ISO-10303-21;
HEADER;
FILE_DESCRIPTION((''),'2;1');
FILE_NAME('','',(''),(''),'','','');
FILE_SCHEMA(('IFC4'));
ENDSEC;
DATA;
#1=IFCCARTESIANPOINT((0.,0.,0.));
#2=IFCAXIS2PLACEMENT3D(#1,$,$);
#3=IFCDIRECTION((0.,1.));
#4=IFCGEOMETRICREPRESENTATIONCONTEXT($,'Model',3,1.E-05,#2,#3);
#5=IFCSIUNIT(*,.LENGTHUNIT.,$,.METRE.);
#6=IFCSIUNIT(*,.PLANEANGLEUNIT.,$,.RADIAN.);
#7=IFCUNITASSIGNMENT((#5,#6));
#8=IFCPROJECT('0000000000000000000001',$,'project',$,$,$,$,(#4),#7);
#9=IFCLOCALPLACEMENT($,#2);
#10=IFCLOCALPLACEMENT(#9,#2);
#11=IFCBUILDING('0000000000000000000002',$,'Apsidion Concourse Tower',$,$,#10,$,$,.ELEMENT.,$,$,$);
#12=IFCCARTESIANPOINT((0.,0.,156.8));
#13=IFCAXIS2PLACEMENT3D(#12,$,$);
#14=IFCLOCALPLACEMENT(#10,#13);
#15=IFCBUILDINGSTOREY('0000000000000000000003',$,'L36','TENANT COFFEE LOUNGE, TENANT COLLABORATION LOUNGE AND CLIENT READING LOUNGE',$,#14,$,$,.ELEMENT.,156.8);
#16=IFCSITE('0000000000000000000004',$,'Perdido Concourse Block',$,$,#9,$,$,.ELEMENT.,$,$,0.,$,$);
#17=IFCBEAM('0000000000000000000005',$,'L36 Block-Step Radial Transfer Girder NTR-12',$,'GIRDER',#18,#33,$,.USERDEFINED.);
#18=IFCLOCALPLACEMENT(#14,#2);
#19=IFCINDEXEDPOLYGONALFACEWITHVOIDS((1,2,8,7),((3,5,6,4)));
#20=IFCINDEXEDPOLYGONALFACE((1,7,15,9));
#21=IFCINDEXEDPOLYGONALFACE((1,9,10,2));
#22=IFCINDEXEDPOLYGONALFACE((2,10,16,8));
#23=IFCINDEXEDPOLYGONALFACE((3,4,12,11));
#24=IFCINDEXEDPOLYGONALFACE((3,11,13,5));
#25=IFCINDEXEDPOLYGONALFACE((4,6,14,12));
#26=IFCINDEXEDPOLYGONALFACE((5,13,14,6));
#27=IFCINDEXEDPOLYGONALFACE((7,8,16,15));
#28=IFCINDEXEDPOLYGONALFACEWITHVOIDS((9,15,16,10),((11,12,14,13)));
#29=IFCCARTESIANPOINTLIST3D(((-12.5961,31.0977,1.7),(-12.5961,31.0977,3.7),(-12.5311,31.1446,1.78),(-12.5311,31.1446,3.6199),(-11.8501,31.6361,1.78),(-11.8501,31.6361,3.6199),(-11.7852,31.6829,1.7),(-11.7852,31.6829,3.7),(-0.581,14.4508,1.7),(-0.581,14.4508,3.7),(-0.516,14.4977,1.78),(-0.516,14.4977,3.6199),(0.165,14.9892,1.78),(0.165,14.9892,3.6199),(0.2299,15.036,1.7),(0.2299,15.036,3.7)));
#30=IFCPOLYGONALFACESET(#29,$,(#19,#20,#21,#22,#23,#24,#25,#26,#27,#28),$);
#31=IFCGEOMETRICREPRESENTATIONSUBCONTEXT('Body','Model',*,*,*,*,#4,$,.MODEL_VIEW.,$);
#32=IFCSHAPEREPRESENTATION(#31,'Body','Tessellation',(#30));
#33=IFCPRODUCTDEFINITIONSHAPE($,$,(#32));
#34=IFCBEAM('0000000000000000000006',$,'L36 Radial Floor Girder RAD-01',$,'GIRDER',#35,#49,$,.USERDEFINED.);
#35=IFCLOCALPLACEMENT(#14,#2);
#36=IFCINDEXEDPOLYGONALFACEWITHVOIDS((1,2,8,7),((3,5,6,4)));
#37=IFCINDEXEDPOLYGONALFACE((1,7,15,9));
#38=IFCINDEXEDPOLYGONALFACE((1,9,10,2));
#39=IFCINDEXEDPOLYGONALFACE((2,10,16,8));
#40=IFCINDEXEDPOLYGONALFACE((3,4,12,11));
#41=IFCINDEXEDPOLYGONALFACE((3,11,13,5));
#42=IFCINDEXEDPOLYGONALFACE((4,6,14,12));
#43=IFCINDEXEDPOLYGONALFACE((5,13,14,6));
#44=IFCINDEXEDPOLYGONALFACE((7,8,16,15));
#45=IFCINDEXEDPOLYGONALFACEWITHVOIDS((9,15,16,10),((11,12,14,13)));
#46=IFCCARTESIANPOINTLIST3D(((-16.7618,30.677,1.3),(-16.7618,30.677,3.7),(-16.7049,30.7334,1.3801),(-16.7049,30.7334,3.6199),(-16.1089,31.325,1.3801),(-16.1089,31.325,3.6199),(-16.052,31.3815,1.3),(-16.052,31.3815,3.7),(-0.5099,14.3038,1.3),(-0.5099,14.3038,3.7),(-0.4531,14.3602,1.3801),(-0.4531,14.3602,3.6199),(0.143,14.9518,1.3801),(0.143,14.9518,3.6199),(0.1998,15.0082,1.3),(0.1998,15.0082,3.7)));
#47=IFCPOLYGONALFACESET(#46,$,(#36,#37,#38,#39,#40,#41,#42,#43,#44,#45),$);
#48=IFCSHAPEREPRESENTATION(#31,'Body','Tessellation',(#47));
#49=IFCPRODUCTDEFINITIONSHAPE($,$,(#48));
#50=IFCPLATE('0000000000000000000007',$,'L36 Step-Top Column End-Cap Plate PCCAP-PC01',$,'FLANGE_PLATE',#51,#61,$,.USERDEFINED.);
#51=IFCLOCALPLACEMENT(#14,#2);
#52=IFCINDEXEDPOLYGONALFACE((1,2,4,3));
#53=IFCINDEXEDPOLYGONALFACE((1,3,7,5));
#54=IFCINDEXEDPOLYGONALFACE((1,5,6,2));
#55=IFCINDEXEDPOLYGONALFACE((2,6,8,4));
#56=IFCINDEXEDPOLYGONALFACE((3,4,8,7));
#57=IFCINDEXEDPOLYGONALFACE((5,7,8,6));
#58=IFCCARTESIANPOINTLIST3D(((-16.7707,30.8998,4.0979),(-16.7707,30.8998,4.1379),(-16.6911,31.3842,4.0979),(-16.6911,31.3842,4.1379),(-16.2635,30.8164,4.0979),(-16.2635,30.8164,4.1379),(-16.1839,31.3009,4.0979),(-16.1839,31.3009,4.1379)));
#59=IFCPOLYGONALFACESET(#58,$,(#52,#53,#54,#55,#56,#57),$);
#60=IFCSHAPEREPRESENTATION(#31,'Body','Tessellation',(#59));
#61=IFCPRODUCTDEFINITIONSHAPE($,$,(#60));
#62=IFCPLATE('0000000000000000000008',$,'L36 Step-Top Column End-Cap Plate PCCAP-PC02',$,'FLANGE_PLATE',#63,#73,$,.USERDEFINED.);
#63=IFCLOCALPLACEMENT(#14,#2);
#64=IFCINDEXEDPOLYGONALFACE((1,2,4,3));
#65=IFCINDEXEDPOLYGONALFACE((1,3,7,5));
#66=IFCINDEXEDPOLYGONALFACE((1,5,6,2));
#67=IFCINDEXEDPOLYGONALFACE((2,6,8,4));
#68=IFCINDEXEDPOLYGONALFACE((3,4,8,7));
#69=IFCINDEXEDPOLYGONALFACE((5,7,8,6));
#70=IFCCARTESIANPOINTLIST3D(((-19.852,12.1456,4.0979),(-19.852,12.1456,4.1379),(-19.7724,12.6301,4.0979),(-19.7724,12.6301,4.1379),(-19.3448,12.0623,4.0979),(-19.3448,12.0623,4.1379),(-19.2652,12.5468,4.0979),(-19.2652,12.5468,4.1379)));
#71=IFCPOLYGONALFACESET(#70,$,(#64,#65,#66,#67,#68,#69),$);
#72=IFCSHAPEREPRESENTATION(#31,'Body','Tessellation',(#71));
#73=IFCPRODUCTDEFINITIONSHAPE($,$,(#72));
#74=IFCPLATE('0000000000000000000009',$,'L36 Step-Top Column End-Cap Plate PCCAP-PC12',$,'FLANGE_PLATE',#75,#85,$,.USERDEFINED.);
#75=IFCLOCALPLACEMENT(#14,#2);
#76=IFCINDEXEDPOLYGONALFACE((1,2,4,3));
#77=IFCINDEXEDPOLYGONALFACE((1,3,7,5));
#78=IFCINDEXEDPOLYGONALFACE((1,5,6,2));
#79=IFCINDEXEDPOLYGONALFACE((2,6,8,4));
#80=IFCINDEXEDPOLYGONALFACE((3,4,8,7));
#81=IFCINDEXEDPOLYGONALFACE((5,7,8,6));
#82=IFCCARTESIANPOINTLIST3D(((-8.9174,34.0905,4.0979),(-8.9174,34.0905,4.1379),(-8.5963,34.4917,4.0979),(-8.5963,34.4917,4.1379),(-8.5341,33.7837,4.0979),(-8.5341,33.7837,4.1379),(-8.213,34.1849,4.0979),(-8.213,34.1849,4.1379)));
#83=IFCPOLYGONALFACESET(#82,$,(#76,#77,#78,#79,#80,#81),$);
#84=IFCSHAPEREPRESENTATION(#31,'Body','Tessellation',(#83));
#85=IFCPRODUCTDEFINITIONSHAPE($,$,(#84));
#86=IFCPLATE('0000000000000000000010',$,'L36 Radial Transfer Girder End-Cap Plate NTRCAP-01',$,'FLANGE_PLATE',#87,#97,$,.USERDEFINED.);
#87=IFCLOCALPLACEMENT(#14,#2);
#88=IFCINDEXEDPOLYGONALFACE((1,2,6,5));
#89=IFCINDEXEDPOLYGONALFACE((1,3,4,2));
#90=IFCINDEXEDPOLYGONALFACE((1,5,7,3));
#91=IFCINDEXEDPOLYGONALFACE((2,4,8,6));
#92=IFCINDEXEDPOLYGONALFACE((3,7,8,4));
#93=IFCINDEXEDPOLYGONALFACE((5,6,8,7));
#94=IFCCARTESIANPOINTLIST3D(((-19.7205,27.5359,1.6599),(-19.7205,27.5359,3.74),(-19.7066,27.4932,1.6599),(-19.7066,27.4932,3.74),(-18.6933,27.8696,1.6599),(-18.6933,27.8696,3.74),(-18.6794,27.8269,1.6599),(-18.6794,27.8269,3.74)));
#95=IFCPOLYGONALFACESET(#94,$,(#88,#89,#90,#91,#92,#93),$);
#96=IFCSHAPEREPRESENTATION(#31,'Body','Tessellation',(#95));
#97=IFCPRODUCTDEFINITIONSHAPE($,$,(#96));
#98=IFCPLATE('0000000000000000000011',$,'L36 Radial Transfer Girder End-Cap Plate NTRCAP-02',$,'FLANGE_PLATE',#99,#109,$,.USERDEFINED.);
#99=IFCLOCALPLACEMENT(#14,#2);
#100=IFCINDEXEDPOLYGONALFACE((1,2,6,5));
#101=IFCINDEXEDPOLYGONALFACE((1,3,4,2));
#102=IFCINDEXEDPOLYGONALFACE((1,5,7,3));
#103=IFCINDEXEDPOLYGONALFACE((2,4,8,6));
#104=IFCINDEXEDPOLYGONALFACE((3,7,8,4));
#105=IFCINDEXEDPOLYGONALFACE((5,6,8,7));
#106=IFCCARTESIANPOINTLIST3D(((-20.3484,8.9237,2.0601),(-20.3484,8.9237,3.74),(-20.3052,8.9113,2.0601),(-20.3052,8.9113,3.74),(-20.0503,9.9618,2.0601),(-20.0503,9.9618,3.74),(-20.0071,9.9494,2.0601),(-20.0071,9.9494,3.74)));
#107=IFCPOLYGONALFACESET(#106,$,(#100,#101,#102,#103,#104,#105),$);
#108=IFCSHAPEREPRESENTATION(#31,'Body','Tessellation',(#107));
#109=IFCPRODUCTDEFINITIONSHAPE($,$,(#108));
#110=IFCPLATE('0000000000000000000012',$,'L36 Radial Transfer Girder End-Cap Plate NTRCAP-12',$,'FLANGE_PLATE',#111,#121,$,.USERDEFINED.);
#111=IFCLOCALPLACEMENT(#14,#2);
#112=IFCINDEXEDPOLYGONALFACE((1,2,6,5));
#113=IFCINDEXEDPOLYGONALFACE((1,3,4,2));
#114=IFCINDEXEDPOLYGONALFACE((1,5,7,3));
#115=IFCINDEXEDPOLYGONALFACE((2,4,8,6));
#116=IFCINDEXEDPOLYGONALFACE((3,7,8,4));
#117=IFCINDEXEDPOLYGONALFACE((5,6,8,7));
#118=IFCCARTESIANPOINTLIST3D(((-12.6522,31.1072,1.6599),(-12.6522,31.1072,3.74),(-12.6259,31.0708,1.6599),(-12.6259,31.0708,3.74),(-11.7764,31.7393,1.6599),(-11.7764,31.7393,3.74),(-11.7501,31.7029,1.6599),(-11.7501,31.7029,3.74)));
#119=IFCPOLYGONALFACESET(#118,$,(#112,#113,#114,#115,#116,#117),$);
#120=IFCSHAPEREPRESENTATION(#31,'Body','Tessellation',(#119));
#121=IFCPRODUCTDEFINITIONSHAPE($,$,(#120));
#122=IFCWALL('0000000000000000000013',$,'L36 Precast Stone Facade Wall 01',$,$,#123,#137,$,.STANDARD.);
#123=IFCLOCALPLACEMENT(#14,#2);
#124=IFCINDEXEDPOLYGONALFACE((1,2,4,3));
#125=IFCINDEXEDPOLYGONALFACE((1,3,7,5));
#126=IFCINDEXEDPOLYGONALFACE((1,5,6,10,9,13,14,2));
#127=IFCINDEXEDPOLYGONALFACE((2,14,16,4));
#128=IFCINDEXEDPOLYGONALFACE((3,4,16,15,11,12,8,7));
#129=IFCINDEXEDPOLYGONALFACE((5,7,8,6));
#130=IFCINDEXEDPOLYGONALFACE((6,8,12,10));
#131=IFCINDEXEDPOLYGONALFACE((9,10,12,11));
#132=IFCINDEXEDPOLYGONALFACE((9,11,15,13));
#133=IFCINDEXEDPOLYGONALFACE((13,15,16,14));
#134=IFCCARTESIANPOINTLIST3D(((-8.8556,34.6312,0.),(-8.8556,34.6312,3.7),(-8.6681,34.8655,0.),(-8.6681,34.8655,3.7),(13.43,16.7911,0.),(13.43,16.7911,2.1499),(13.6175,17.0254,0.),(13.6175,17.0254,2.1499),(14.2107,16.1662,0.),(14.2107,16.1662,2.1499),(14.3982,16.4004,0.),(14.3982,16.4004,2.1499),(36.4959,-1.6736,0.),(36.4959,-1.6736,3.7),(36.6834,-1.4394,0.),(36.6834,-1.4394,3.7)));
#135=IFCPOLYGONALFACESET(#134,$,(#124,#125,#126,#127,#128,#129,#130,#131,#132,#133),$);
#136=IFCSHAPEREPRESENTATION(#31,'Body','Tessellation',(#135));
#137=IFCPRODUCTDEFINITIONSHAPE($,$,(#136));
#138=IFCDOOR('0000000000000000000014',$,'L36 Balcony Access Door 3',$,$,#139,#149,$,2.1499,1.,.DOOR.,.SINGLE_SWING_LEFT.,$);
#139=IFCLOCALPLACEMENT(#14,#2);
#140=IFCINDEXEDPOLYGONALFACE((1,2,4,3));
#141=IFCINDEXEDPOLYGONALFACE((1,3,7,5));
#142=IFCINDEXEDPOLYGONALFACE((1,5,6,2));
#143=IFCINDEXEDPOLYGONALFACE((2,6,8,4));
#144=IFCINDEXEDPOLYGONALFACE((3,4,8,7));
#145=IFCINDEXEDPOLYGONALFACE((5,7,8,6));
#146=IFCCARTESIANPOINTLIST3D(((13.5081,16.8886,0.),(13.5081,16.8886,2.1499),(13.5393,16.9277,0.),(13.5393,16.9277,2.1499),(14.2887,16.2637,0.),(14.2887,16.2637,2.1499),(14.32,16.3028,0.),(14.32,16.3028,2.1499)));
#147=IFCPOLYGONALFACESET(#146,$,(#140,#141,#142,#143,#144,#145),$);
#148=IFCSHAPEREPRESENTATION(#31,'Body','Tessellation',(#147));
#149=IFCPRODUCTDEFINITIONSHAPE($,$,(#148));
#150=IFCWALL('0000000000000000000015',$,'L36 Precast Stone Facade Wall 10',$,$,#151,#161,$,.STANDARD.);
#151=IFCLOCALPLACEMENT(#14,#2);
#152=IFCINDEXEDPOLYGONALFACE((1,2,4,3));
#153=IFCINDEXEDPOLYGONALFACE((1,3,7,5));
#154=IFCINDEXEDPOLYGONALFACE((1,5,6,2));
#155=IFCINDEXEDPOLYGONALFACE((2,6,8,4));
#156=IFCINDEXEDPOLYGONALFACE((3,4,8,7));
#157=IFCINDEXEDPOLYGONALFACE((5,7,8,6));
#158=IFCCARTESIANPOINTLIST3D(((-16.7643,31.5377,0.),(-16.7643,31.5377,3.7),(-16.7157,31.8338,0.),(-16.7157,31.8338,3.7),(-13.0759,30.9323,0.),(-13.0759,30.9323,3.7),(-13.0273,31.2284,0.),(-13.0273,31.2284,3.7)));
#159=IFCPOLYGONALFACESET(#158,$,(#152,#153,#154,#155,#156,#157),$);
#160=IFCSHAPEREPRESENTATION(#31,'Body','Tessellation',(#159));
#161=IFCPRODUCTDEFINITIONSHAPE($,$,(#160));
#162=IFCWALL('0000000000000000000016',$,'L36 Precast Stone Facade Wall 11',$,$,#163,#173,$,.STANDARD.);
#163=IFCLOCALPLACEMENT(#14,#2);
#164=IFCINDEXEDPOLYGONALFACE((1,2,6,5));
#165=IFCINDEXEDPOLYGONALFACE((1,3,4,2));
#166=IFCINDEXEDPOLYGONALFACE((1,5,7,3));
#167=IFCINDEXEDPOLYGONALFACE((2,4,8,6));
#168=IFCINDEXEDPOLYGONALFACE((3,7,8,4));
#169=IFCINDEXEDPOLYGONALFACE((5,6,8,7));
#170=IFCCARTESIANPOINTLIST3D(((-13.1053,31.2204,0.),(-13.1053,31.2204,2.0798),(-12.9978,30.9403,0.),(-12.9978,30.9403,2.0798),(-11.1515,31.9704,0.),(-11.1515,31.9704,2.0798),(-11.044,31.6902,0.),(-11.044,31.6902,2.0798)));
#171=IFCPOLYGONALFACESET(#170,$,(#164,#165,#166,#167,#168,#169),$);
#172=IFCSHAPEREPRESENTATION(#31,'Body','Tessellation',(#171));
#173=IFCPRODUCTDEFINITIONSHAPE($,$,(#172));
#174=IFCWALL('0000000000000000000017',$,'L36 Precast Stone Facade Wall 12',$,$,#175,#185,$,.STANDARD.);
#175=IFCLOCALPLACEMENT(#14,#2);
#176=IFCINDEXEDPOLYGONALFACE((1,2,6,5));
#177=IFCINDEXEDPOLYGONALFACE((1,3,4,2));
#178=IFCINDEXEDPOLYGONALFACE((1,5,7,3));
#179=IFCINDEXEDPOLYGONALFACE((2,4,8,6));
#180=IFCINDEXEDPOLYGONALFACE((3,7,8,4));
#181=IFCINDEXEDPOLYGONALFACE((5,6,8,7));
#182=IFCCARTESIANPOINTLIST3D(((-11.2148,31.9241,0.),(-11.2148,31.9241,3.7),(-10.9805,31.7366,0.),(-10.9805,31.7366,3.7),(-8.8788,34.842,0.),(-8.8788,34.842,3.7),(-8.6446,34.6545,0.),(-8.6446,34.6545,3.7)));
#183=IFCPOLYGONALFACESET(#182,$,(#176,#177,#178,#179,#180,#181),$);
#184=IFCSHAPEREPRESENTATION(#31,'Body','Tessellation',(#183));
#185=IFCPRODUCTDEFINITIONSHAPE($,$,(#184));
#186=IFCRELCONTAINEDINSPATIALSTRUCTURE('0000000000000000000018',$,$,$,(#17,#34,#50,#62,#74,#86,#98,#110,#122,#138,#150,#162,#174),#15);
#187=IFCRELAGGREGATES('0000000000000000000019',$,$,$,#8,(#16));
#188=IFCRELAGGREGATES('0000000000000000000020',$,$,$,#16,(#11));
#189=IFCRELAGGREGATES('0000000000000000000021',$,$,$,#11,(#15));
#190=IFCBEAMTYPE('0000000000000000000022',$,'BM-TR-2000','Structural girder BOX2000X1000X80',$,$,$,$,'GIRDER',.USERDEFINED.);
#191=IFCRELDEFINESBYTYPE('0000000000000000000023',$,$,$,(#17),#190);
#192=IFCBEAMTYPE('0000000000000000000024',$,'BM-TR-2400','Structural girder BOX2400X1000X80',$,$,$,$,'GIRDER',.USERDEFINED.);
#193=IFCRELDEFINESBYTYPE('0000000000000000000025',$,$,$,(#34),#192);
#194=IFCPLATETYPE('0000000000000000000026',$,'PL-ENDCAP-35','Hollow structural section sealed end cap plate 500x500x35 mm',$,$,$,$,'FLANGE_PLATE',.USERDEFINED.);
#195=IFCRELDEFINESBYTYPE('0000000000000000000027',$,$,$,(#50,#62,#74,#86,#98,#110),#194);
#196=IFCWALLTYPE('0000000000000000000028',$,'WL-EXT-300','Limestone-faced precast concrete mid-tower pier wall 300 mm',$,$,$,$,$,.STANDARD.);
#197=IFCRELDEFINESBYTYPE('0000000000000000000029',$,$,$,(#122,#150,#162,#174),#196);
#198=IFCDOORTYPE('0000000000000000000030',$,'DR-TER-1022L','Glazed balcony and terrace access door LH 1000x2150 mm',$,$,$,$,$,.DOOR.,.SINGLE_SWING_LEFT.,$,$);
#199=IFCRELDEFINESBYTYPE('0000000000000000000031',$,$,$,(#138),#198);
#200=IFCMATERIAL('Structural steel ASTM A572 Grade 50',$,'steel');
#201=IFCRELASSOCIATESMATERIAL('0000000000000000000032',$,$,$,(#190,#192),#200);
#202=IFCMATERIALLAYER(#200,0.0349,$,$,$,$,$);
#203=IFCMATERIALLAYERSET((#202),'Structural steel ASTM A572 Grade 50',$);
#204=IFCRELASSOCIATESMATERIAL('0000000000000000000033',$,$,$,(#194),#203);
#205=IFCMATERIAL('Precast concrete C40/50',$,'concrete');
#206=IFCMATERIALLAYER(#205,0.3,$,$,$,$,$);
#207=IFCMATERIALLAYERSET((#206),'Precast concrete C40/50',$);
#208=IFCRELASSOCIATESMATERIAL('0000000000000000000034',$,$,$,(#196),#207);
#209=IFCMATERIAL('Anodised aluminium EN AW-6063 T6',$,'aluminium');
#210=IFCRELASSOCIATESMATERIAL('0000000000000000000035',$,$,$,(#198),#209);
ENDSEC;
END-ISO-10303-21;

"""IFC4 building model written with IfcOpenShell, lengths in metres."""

from ifc_helpers import new_model, si_unit, direction, frame, frame_2d, origin, origin_2d, place, context, subcontext, project, spatial, rectangle, hollow_rectangle, extrude, material, layer, layer_set, material_profile, profile_set, type_object, element, fill, save


model = new_model("IFC4")

# Units and contexts
model_context = context("Model", 3, precision=1e-05, world=origin(), true_north=direction((0.0, 1.0)))
body_context = subcontext(model_context, "Body", "Model", "MODEL_VIEW")
ifc_project = project(units=[si_unit("LENGTHUNIT", "METRE"), si_unit("PLANEANGLEUNIT", "RADIAN")], contexts=[model_context])

# Site, building, storey
site_placement = place(None, origin())
site = spatial("IfcSite", under=ifc_project, at=site_placement, Name="Perdido Concourse Block", CompositionType="ELEMENT", RefElevation=0.0)
building_placement = place(site_placement, origin())
building = spatial("IfcBuilding", under=site, at=building_placement, Name="Apsidion Concourse Tower", CompositionType="ELEMENT")
storey_placement = place(building_placement, frame((0.0, 0.0, 156.8)))
storey = spatial("IfcBuildingStorey", under=building, at=storey_placement, Name="L36", Description="TENANT COFFEE LOUNGE, TENANT COLLABORATION LOUNGE AND CLIENT READING LOUNGE", CompositionType="ELEMENT", Elevation=156.8)

# Beams
ifc_material_1 = material(Name="Structural steel ASTM A572 Grade 50", Category="steel")
ifc_material_profile_1 = material_profile(ifc_material_1, hollow_rectangle(XDim=1.0, YDim=2.0, WallThickness=0.0801, at=origin_2d()), Name="BOX2000X1000X80")
ifc_profile_set_1 = profile_set([ifc_material_profile_1], Name="Structural steel ASTM A572 Grade 50")
beam_type_1 = type_object("IfcBeamType", Name="BM-TR-2000", Description="Structural girder BOX2000X1000X80", ElementType="GIRDER", PredefinedType="USERDEFINED", material=ifc_profile_set_1)
beam_1_placement = place(storey_placement, frame((-0.1755, 14.7434, 2.7), z_axis=(-0.585245, 0.810857, 0.0), x_axis=(-0.810857, -0.585245, 0.0)))
element("IfcBeam", 1, at=beam_1_placement, inside=storey, type_object=beam_type_1, Name="L36 Block-Step Radial Transfer Girder NTR-12", ObjectType="GIRDER", PredefinedType="USERDEFINED", context=body_context, shape_type="SweptSolid", body=[
    extrude(hollow_rectangle(XDim=1.0, YDim=2.0, WallThickness=0.0801, at=origin_2d()), origin(), (0.0, 0.0, 1.0), 20.53),
])
ifc_material_profile_2 = material_profile(ifc_material_1, hollow_rectangle(XDim=1.0, YDim=2.3999, WallThickness=0.0801, at=origin_2d()), Name="BOX2400X1000X80")
ifc_profile_set_2 = profile_set([ifc_material_profile_2], Name="Structural steel ASTM A572 Grade 50")
beam_type_2 = type_object("IfcBeamType", Name="BM-TR-2400", Description="Structural girder BOX2400X1000X80", ElementType="GIRDER", PredefinedType="USERDEFINED", material=ifc_profile_set_2)
beam_2_placement = place(storey_placement, frame((-0.155, 14.656, 2.5), z_axis=(-0.704472, 0.709732, 0.0), x_axis=(-0.709732, -0.704472, 0.0)))
element("IfcBeam", 2, at=beam_2_placement, inside=storey, type_object=beam_type_2, Name="L36 Radial Floor Girder RAD-01", ObjectType="GIRDER", PredefinedType="USERDEFINED", context=body_context, shape_type="SweptSolid", body=[
    extrude(hollow_rectangle(XDim=1.0, YDim=2.3999, WallThickness=0.0801, at=origin_2d()), origin(), (0.0, 0.0, 1.0), 23.0696),
])

# Plates
ifc_layer_1 = layer(ifc_material_1, 0.0349)
ifc_layer_set_1 = layer_set([ifc_layer_1], Name="Structural steel ASTM A572 Grade 50")
plate_type = type_object("IfcPlateType", Name="PL-ENDCAP-35", Description="Hollow structural section sealed end cap plate 500x500x35 mm", ElementType="FLANGE_PLATE", PredefinedType="USERDEFINED", material=ifc_layer_set_1)
for number, where, z_axis, x_axis, name in (
    (3, (-16.4773, 31.1003, 4.0979), (0.0, 0.0, 1.0), (0.162121, 0.986771, 0.0), "L36 Step-Top Column End-Cap Plate PCCAP-PC01"),
    (4, (-19.5586, 12.3462, 4.0979), (0.0, 0.0, 1.0), (0.162121, 0.986771, 0.0), "L36 Step-Top Column End-Cap Plate PCCAP-PC02"),
    (5, (-8.5652, 34.1377, 4.0979), (0.0, 0.0, 1.0), (-0.780758, 0.624834, 0.0), "L36 Step-Top Column End-Cap Plate PCCAP-PC12"),
):
    element("IfcPlate", number, at=place(storey_placement, frame(where, z_axis=z_axis, x_axis=x_axis)), inside=storey, type_object=plate_type, Name=name, ObjectType="FLANGE_PLATE", PredefinedType="USERDEFINED", context=body_context, shape_type="SweptSolid", body=[
        extrude(rectangle(XDim=0.491, YDim=0.5139, at=origin_2d()), origin(), (0.0, 0.0, 1.0), 0.04),
    ])
plate_1_placement = place(storey_placement, frame((-19.2, 27.6814, 1.6599), z_axis=(0.0, 0.0, 1.0), x_axis=(-0.309017, 0.951057, 0.0)))
element("IfcPlate", 6, at=plate_1_placement, inside=storey, type_object=plate_type, Name="L36 Radial Transfer Girder End-Cap Plate NTRCAP-01", ObjectType="FLANGE_PLATE", PredefinedType="USERDEFINED", context=body_context, shape_type="SweptSolid", body=[
    extrude(rectangle(XDim=0.0449, YDim=1.0801, at=origin_2d()), origin(), (0.0, 0.0, 1.0), 2.0801),
])
plate_2_placement = place(storey_placement, frame((-20.1777, 9.4365, 2.0601), z_axis=(0.0, 0.0, 1.0), x_axis=(-0.961165, 0.275973, 0.0)))
element("IfcPlate", 7, at=plate_2_placement, inside=storey, type_object=plate_type, Name="L36 Radial Transfer Girder End-Cap Plate NTRCAP-02", ObjectType="FLANGE_PLATE", PredefinedType="USERDEFINED", context=body_context, shape_type="SweptSolid", body=[
    extrude(rectangle(XDim=0.0449, YDim=1.0801, at=origin_2d()), origin(), (0.0, 0.0, 1.0), 1.6799),
])
plate_3_placement = place(storey_placement, frame((-12.2012, 31.405, 1.6599), z_axis=(0.0, 0.0, 1.0), x_axis=(-0.585241, 0.81086, 0.0)))
element("IfcPlate", 8, at=plate_3_placement, inside=storey, type_object=plate_type, Name="L36 Radial Transfer Girder End-Cap Plate NTRCAP-12", ObjectType="FLANGE_PLATE", PredefinedType="USERDEFINED", context=body_context, shape_type="SweptSolid", body=[
    extrude(rectangle(XDim=0.0449, YDim=1.0801, at=origin_2d()), origin(), (0.0, 0.0, 1.0), 2.0801),
])

# Wall, opening, door
ifc_material_2 = material(Name="Precast concrete C40/50", Category="concrete")
ifc_layer_2 = layer(ifc_material_2, 0.3)
ifc_layer_set_2 = layer_set([ifc_layer_2], Name="Precast concrete C40/50")
wall_type_1 = type_object("IfcWallType", Name="WL-EXT-300", Description="Limestone-faced precast concrete mid-tower pier wall 300 mm", PredefinedType="STANDARD", material=ifc_layer_set_2)
wall_1_placement = place(storey_placement, frame((-8.7617, 34.7483, 0.0), z_axis=(0.0, 0.0, 1.0), x_axis=(0.78067, -0.624944, 0.0)))
wall_1 = element("IfcWall", 9, at=wall_1_placement, inside=storey, type_object=wall_type_1, Name="L36 Precast Stone Facade Wall 01", PredefinedType="STANDARD", context=body_context, shape_type="SweptSolid", body=[
    extrude(rectangle(XDim=58.093, YDim=0.3, at=frame_2d((29.0464, 0.0))), origin(), (0.0, 0.0, 1.0), 3.7),
])
opening_1_placement = place(wall_1_placement, frame((28.5466, 0.0, 0.0)))
opening_1 = element("IfcOpeningElement", 10, at=opening_1_placement, cuts=wall_1, PredefinedType="OPENING", context=body_context, shape_type="SweptSolid", body=[
    extrude(rectangle(XDim=1.0, YDim=2.1499, at=frame_2d((0.5, 1.075))), frame((0.0, 0.1602, 0.0), z_axis=(0.0, -1.0, 0.0), x_axis=(1.0, 0.0, 0.0)), (0.0, 0.0, 1.0), 0.3201),
])
ifc_material_3 = material(Name="Anodised aluminium EN AW-6063 T6", Category="aluminium")
door_type_1 = type_object("IfcDoorType", Name="DR-TER-1022L", Description="Glazed balcony and terrace access door LH 1000x2150 mm", OperationType="SINGLE_SWING_LEFT", PredefinedType="DOOR", material=ifc_material_3)
door_1_placement = place(opening_1_placement, origin())
door_1 = element("IfcDoor", 11, at=door_1_placement, inside=storey, type_object=door_type_1, Name="L36 Balcony Access Door 3", OperationType="SINGLE_SWING_LEFT", OverallHeight=2.1499, OverallWidth=1.0, PredefinedType="DOOR", context=body_context, shape_type="SweptSolid", body=[
    extrude(rectangle(XDim=1.0, YDim=2.1499, at=frame_2d((0.5, 1.075))), frame((0.0, 0.0249, 0.0), z_axis=(0.0, -1.0, 0.0), x_axis=(1.0, 0.0, 0.0)), (0.0, 0.0, 1.0), 0.05),
])
fill(opening_1, door_1)

# Walls
wall_2_placement = place(storey_placement, frame((-16.74, 31.6858, 0.0), z_axis=(0.0, 0.0, 1.0), x_axis=(0.986793, -0.161984, 0.0)))
element("IfcWall", 12, at=wall_2_placement, inside=storey, type_object=wall_type_1, Name="L36 Precast Stone Facade Wall 10", PredefinedType="STANDARD", context=body_context, shape_type="SweptSolid", body=[
    extrude(rectangle(XDim=3.7378, YDim=0.3, at=frame_2d((1.8689, 0.0))), origin(), (0.0, 0.0, 1.0), 3.7),
])
wall_3_placement = place(storey_placement, frame((-13.0515, 31.0803, 0.0), z_axis=(0.0, 0.0, 1.0), x_axis=(0.933583, 0.358361, 0.0)))
element("IfcWall", 13, at=wall_3_placement, inside=storey, type_object=wall_type_1, Name="L36 Precast Stone Facade Wall 11", PredefinedType="STANDARD", context=body_context, shape_type="SweptSolid", body=[
    extrude(rectangle(XDim=2.0928, YDim=0.3, at=frame_2d((1.0464, 0.0))), origin(), (0.0, 0.0, 1.0), 2.0798),
])
wall_4_placement = place(storey_placement, frame((-11.0977, 31.8303, 0.0), z_axis=(0.0, 0.0, 1.0), x_axis=(0.62495, 0.780665, 0.0)))
element("IfcWall", 14, at=wall_4_placement, inside=storey, type_object=wall_type_1, Name="L36 Precast Stone Facade Wall 12", PredefinedType="STANDARD", context=body_context, shape_type="SweptSolid", body=[
    extrude(rectangle(XDim=3.7378, YDim=0.3, at=frame_2d((1.8689, 0.0))), origin(), (0.0, 0.0, 1.0), 3.7),
])

save(model, "model.ifc")
